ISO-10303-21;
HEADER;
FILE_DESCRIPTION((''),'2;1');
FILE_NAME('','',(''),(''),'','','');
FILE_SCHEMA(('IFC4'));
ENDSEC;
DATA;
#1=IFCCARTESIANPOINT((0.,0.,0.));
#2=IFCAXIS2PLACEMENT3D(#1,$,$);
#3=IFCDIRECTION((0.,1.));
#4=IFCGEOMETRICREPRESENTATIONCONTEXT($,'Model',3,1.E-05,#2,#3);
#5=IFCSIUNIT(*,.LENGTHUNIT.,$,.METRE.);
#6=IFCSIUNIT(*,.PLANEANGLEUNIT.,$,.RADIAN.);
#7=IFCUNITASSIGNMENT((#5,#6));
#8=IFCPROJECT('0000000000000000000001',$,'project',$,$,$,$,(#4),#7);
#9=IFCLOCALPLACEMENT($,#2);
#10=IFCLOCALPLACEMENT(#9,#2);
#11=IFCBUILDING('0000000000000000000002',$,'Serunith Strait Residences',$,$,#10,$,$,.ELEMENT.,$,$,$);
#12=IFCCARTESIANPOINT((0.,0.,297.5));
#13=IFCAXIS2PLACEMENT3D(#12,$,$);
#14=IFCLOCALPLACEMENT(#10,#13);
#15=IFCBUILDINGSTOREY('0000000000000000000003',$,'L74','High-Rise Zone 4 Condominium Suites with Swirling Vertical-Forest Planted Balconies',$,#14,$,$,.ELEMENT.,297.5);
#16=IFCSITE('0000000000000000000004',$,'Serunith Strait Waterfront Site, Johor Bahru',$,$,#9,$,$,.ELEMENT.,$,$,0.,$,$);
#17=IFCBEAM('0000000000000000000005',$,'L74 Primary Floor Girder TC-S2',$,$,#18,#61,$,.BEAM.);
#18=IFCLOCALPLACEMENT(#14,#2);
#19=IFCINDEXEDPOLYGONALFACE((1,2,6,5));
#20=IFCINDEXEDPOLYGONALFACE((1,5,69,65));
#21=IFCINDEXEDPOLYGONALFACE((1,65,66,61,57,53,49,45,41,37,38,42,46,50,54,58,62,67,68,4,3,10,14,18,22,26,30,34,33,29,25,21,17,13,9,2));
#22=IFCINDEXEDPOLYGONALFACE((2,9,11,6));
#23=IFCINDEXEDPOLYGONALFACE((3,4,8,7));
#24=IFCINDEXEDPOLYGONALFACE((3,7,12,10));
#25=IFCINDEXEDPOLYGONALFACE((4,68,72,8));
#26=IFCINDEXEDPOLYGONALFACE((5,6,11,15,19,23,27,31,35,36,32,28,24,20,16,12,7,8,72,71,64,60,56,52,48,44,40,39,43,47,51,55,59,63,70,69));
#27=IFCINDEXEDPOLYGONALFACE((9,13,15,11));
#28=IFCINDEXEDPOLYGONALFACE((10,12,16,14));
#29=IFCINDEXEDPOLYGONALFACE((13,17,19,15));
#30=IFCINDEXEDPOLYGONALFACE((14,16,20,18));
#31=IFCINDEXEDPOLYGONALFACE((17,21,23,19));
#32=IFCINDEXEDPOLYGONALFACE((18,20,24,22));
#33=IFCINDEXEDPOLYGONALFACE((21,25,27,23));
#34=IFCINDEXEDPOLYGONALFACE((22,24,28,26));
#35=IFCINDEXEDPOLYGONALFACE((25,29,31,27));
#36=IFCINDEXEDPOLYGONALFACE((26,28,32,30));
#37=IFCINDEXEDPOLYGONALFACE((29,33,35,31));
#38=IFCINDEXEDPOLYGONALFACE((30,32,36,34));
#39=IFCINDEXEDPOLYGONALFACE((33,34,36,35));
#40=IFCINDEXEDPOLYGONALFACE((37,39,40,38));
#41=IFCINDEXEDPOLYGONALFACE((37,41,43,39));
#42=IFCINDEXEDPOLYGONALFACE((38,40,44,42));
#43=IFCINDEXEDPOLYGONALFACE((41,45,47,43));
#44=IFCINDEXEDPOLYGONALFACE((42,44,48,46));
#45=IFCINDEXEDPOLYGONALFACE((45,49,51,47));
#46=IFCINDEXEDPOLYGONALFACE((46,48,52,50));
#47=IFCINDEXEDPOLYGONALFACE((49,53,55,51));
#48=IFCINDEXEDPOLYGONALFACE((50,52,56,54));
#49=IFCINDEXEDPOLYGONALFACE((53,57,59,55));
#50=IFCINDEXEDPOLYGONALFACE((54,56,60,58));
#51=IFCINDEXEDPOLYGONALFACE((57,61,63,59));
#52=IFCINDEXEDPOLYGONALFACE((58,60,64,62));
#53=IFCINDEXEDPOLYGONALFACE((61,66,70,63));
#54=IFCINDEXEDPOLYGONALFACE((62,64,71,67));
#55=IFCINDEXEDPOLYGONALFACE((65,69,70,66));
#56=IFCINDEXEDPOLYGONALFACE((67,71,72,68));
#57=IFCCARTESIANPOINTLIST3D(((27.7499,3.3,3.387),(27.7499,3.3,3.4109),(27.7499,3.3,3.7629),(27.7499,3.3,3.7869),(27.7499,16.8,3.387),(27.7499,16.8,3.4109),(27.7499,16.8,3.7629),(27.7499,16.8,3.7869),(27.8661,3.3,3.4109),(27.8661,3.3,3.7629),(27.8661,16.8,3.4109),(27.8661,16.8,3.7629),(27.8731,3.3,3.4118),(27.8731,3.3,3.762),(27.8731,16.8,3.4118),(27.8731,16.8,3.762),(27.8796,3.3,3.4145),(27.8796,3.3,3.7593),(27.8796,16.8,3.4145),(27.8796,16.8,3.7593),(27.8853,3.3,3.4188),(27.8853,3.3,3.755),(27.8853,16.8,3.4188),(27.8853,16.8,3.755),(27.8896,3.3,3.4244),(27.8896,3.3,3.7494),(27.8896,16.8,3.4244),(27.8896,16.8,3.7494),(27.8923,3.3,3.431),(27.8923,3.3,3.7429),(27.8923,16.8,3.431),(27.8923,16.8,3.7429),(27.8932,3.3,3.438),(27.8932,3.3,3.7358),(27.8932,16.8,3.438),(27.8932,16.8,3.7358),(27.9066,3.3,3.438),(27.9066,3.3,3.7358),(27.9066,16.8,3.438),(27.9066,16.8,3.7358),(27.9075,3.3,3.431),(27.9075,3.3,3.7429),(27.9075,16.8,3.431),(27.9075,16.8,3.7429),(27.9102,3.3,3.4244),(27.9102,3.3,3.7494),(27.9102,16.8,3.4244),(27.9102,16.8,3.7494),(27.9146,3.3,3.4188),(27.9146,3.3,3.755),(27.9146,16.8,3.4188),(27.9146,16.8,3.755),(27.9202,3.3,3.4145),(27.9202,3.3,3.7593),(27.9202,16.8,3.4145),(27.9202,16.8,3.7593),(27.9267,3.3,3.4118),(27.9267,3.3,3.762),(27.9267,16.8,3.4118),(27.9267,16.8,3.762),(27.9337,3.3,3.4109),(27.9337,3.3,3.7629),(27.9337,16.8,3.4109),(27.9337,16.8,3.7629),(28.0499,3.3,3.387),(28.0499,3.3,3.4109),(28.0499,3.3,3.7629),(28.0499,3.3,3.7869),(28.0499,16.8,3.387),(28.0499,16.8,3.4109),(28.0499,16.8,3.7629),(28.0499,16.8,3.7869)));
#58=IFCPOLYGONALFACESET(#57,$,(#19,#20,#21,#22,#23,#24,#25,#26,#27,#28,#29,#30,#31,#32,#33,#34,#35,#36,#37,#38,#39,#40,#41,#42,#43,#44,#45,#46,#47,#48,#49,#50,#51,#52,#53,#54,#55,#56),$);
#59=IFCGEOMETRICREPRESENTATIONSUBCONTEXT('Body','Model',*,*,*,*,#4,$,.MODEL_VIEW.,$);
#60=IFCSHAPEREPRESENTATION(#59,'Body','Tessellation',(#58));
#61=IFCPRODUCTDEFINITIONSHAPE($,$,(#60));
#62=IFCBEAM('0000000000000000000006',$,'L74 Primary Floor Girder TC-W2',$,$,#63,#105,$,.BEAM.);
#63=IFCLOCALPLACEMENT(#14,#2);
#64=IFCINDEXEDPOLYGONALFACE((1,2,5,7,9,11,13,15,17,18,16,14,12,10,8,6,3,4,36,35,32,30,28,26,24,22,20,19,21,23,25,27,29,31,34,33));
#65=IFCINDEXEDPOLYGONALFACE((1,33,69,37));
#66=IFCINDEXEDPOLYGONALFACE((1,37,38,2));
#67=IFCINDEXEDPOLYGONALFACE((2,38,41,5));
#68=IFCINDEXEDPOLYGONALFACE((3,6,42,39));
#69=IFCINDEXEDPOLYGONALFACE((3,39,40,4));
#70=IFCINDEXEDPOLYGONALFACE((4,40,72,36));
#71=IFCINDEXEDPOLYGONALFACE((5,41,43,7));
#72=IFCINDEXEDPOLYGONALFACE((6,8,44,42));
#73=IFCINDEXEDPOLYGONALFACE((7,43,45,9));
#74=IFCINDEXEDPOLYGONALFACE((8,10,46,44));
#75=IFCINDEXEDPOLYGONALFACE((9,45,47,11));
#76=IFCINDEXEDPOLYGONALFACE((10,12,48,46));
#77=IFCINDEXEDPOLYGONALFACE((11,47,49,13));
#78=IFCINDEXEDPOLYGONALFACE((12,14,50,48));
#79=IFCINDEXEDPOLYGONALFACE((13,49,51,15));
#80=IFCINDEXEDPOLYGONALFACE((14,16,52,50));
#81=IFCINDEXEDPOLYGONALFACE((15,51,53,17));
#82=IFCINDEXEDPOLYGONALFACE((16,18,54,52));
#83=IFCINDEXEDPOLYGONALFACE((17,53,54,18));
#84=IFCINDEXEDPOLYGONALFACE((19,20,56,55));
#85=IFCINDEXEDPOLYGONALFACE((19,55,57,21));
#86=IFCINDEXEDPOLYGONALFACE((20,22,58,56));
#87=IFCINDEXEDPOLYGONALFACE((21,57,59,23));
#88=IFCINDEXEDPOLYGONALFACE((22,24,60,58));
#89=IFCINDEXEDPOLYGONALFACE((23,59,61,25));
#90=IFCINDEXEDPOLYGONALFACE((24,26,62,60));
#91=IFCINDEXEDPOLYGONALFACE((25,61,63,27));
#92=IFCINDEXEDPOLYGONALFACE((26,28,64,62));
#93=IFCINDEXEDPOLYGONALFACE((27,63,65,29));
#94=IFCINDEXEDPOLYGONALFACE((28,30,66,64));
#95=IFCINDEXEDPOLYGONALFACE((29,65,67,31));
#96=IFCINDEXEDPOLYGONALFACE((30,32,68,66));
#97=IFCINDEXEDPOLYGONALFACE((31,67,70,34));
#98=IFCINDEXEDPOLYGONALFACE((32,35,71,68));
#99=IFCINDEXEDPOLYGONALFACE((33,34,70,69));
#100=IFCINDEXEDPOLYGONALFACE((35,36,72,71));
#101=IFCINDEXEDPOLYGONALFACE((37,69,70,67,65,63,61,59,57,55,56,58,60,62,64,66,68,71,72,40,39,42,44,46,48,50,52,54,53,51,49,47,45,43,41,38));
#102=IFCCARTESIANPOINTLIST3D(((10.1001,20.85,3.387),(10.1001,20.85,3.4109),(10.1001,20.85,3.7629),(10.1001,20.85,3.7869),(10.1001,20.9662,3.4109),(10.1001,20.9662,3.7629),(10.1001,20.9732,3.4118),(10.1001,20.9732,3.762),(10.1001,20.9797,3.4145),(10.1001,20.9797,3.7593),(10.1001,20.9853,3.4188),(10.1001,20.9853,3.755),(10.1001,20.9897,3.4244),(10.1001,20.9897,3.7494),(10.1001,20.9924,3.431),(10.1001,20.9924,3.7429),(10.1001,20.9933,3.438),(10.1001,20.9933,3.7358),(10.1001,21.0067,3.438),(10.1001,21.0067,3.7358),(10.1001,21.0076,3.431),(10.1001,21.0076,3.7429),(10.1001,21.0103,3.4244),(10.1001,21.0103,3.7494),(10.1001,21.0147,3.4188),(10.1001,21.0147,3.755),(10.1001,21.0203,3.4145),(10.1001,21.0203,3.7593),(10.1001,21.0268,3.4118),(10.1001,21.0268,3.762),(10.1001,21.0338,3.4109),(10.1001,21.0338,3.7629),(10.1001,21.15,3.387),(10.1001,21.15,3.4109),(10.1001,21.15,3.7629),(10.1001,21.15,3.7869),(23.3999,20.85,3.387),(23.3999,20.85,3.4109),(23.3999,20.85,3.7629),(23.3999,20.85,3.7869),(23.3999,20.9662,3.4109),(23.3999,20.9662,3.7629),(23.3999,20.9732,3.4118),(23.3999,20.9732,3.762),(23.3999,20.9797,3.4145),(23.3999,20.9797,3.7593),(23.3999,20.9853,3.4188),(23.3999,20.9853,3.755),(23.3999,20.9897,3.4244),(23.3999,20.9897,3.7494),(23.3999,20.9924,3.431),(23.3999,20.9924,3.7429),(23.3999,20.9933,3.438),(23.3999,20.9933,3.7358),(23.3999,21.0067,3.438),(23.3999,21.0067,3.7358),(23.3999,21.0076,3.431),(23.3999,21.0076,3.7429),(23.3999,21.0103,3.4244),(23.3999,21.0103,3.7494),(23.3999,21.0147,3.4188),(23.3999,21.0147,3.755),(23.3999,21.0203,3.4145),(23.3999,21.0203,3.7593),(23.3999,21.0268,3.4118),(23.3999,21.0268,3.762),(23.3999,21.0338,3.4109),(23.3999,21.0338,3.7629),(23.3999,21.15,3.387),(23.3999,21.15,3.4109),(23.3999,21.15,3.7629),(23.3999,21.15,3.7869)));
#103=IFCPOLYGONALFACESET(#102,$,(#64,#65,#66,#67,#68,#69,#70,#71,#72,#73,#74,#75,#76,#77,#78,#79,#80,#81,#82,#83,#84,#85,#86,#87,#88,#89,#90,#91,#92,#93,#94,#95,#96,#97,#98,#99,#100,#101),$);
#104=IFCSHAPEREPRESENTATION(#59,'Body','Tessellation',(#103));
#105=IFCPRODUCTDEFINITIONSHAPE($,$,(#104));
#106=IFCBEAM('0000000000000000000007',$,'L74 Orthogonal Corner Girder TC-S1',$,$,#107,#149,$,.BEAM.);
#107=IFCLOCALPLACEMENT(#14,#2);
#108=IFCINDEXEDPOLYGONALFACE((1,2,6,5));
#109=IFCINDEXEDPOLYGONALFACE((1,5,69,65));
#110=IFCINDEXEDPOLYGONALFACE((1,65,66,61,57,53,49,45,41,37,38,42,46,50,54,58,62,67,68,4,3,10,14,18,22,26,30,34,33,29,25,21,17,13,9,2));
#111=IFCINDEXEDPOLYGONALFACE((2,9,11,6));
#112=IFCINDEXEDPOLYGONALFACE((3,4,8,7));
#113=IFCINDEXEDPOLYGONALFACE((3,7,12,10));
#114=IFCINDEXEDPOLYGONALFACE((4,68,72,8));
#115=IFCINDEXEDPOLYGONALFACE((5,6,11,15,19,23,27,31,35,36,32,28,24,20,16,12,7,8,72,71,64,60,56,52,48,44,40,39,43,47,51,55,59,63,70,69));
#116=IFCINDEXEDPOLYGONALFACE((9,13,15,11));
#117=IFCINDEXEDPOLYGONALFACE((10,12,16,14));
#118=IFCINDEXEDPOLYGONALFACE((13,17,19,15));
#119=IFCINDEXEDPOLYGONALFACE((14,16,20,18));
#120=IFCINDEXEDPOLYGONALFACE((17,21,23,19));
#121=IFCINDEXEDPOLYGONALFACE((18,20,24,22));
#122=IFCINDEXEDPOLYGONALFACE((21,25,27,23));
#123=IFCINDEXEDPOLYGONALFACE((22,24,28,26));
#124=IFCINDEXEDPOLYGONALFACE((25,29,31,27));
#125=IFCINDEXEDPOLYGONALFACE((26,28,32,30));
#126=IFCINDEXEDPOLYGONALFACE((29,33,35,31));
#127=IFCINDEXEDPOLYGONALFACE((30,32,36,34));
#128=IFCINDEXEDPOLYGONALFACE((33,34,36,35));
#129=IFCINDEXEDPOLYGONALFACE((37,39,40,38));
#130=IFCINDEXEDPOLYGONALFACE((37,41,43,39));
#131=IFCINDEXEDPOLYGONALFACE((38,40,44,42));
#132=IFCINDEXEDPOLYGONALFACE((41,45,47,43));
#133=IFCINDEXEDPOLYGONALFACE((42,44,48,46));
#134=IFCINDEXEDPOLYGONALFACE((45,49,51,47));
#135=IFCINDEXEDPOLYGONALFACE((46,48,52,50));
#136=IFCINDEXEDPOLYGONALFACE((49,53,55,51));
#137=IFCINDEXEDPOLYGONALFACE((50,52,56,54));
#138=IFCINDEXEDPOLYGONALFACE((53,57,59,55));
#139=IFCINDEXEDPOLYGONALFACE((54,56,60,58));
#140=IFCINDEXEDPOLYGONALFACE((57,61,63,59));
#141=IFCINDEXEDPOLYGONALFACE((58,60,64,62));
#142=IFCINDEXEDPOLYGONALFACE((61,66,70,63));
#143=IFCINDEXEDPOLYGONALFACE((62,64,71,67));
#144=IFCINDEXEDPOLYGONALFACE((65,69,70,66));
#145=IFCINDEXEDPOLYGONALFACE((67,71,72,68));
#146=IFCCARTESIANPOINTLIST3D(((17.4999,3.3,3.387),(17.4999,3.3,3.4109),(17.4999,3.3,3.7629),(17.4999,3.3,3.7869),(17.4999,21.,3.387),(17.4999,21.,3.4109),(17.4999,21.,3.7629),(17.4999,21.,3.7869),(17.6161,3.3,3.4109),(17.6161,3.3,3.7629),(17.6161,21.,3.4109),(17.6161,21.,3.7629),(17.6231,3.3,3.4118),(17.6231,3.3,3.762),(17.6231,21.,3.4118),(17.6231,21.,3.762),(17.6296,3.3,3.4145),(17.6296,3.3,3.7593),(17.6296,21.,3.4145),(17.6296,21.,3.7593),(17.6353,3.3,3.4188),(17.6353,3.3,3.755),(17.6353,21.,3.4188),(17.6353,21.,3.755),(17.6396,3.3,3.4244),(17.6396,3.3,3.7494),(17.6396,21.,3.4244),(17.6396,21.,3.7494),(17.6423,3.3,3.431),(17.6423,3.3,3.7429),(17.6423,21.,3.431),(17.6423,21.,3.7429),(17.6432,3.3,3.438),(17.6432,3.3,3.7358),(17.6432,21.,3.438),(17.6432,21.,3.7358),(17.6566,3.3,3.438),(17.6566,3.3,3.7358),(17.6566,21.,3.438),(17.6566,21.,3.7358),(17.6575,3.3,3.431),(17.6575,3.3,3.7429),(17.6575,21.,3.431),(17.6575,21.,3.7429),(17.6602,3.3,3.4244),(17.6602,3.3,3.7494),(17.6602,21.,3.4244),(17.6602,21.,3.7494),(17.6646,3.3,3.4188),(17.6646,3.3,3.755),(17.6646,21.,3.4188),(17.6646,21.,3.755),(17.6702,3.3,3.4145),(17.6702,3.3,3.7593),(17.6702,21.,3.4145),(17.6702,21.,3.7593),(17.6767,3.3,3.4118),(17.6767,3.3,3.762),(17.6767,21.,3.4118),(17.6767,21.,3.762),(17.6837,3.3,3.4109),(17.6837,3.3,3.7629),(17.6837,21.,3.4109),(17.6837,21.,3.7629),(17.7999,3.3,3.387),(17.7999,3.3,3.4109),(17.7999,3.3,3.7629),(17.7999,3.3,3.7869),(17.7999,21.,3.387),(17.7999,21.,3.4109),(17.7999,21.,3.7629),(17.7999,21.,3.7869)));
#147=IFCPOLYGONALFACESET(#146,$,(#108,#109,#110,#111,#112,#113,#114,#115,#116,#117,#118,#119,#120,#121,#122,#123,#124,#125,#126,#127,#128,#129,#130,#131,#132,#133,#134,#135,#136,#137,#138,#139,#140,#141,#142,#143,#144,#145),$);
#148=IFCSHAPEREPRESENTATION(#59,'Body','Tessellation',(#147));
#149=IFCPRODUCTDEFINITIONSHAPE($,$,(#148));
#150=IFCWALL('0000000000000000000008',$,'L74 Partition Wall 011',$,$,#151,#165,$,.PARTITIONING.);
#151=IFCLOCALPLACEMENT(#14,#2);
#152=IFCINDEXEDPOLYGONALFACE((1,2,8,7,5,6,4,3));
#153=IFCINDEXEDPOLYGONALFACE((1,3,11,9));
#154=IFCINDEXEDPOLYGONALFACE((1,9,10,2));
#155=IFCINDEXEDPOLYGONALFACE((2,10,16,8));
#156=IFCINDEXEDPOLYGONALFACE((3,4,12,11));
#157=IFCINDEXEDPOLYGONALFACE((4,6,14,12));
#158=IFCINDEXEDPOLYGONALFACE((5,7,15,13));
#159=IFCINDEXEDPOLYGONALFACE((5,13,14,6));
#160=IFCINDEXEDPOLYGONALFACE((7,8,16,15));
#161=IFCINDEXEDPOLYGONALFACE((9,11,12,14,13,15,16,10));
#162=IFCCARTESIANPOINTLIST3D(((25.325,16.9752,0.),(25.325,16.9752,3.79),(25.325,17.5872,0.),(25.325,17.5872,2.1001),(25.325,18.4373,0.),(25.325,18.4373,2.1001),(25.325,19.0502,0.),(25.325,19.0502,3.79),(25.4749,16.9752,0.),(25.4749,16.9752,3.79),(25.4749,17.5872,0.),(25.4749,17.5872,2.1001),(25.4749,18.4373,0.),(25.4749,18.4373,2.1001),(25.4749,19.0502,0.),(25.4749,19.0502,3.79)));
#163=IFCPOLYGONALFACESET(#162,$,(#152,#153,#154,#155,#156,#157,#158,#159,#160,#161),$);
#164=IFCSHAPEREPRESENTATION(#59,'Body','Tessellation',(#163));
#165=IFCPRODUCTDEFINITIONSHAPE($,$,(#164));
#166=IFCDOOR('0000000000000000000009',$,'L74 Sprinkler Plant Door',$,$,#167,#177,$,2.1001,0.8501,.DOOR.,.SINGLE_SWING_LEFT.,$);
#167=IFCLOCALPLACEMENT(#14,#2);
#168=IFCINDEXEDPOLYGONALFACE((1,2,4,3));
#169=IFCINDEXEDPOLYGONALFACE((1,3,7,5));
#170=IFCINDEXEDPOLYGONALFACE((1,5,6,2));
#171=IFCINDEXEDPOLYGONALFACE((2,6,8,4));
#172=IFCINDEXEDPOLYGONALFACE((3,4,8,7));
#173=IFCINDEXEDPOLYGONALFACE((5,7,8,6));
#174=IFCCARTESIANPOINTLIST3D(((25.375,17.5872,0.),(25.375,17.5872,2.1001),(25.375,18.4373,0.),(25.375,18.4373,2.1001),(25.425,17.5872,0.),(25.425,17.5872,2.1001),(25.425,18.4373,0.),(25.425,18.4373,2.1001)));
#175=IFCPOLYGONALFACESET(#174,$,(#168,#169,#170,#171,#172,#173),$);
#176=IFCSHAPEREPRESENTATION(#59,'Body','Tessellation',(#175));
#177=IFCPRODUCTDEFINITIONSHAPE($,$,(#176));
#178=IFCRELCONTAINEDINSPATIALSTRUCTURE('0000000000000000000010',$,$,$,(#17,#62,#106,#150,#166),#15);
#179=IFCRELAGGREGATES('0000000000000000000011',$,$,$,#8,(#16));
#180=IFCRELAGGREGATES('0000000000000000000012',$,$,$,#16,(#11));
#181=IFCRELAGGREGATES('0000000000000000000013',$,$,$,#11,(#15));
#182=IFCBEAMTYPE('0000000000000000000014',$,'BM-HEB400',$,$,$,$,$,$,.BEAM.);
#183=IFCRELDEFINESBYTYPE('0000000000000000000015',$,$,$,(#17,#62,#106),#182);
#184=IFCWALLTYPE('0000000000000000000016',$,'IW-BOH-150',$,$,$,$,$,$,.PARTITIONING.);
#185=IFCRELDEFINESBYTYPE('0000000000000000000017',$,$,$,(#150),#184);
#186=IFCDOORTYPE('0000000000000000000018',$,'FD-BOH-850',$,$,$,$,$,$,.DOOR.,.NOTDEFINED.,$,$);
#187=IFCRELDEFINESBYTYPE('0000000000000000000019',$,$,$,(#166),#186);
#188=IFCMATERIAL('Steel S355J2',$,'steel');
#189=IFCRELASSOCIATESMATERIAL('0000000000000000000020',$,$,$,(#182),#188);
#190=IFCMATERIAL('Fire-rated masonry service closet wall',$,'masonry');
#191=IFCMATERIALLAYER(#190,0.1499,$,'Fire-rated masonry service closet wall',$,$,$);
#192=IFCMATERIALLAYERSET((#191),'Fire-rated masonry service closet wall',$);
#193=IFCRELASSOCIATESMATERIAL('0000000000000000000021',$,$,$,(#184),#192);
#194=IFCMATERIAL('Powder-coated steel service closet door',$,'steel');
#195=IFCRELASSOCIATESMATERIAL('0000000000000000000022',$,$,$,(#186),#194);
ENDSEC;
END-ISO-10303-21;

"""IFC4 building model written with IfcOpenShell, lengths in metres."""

from ifc_helpers import new_model, si_unit, direction, frame, frame_2d, origin, origin_2d, place, context, subcontext, project, spatial, rectangle, i_section, extrude, source, transform, mapped, material, layer, layer_set, material_profile, profile_set, type_object, element, fill, save


model = new_model("IFC4")

# Units and contexts
model_context = context("Model", 3, precision=1e-05, world=origin(), true_north=direction((0.0, 1.0)))
body_context = subcontext(model_context, "Body", "Model", "MODEL_VIEW")
ifc_project = project(units=[si_unit("LENGTHUNIT", "METRE"), si_unit("PLANEANGLEUNIT", "RADIAN")], contexts=[model_context])

# Site, building, storey
site_placement = place(None, origin())
site = spatial("IfcSite", under=ifc_project, at=site_placement, Name="Serunith Strait Waterfront Site, Johor Bahru", CompositionType="ELEMENT", RefElevation=0.0)
building_placement = place(site_placement, origin())
building = spatial("IfcBuilding", under=site, at=building_placement, Name="Serunith Strait Residences", CompositionType="ELEMENT")
storey_placement = place(building_placement, frame((0.0, 0.0, 297.5)))
storey = spatial("IfcBuildingStorey", under=building, at=storey_placement, Name="L74", Description="High-Rise Zone 4 Condominium Suites with Swirling Vertical-Forest Planted Balconies", CompositionType="ELEMENT", Elevation=297.5)

# Beams
ifc_material_1 = material(Name="Steel S355J2", Category="steel")
ifc_material_profile = material_profile(ifc_material_1, i_section(OverallWidth=0.3, OverallDepth=0.3999, WebThickness=0.0134, FlangeThickness=0.0239, FilletRadius=0.0271, at=origin_2d()), Name="HEB 400")
ifc_profile_set = profile_set([ifc_material_profile], Name="Steel S355J2")
beam_type = type_object("IfcBeamType", Name="BM-HEB400", PredefinedType="BEAM", material=ifc_profile_set)
shared_shape_1 = source(origin(), body_context, "Body", "SweptSolid", [
    extrude(i_section(OverallWidth=0.3, OverallDepth=0.3999, WebThickness=0.0134, FlangeThickness=0.0239, FilletRadius=0.0271, at=origin_2d()), origin(), (0.0, 0.0, 1.0), 13.5),
])
beam_1_placement = place(storey_placement, frame((27.8999, 16.8, 3.5869), z_axis=(0.0, -1.0, 0.0), x_axis=(1.0, 0.0, 0.0)))
element("IfcBeam", 1, at=beam_1_placement, inside=storey, type_object=beam_type, Name="L74 Primary Floor Girder TC-S2", PredefinedType="BEAM", context=body_context, shape_type="MappedRepresentation", body=[
    mapped(shared_shape_1, transform((0.0, 0.0, 0.0), scale=1.0)),
])
shared_shape_2 = source(origin(), body_context, "Body", "SweptSolid", [
    extrude(i_section(OverallWidth=0.3, OverallDepth=0.3999, WebThickness=0.0134, FlangeThickness=0.0239, FilletRadius=0.0271, at=origin_2d()), origin(), (0.0, 0.0, 1.0), 13.2998),
])
beam_2_placement = place(storey_placement, frame((23.3999, 21.0, 3.5869), z_axis=(-1.0, 0.0, 0.0), x_axis=(0.0, -1.0, 0.0)))
element("IfcBeam", 2, at=beam_2_placement, inside=storey, type_object=beam_type, Name="L74 Primary Floor Girder TC-W2", PredefinedType="BEAM", context=body_context, shape_type="MappedRepresentation", body=[
    mapped(shared_shape_2, transform((0.0, 0.0, 0.0), scale=1.0)),
])
shared_shape_3 = source(origin(), body_context, "Body", "SweptSolid", [
    extrude(i_section(OverallWidth=0.3, OverallDepth=0.3999, WebThickness=0.0134, FlangeThickness=0.0239, FilletRadius=0.0271, at=origin_2d()), origin(), (0.0, 0.0, 1.0), 17.7),
])
beam_3_placement = place(storey_placement, frame((17.6499, 21.0, 3.5869), z_axis=(0.0, -1.0, 0.0), x_axis=(1.0, 0.0, 0.0)))
element("IfcBeam", 3, at=beam_3_placement, inside=storey, type_object=beam_type, Name="L74 Orthogonal Corner Girder TC-S1", PredefinedType="BEAM", context=body_context, shape_type="MappedRepresentation", body=[
    mapped(shared_shape_3, transform((0.0, 0.0, 0.0), scale=1.0)),
])

# Wall, opening, door
ifc_material_2 = material(Name="Fire-rated masonry service closet wall", Category="masonry")
ifc_layer_1 = layer(ifc_material_2, 0.1499, Name="Fire-rated masonry service closet wall")
ifc_layer_set_1 = layer_set([ifc_layer_1], Name="Fire-rated masonry service closet wall")
wall_type_1 = type_object("IfcWallType", Name="IW-BOH-150", PredefinedType="PARTITIONING", material=ifc_layer_set_1)
wall_1_placement = place(storey_placement, frame((25.3999, 16.9751, 0.0), z_axis=(0.0, 0.0, 1.0), x_axis=(0.0, 1.0, 0.0)))
wall_1 = element("IfcWall", 4, at=wall_1_placement, inside=storey, type_object=wall_type_1, Name="L74 Partition Wall 011", PredefinedType="PARTITIONING", context=body_context, shape_type="SweptSolid", body=[
    extrude(rectangle(XDim=2.075, YDim=0.1499, at=frame_2d((1.0376, 0.0))), origin(), (0.0, 0.0, 1.0), 3.79),
])
opening_1_placement = place(wall_1_placement, frame((0.6121, 0.0, 0.0)))
opening_1 = element("IfcOpeningElement", 5, at=opening_1_placement, cuts=wall_1, PredefinedType="OPENING", context=body_context, shape_type="SweptSolid", body=[
    extrude(rectangle(XDim=0.8501, YDim=2.1001, at=frame_2d((0.425, 1.05))), frame((0.0, 0.085, 0.0), z_axis=(0.0, -1.0, 0.0), x_axis=(1.0, 0.0, 0.0)), (0.0, 0.0, 1.0), 0.1699),
])
ifc_material_3 = material(Name="Powder-coated steel service closet door", Category="steel")
door_type_1 = type_object("IfcDoorType", Name="FD-BOH-850", OperationType="NOTDEFINED", PredefinedType="DOOR", material=ifc_material_3)
shared_shape_4 = source(origin(), body_context, "Body", "SweptSolid", [
    extrude(rectangle(XDim=0.8501, YDim=2.1001, at=frame_2d((0.425, 1.05))), frame((0.0, 0.0249, 0.0), z_axis=(0.0, -1.0, 0.0), x_axis=(1.0, 0.0, 0.0)), (0.0, 0.0, 1.0), 0.05),
])
door_1_placement = place(opening_1_placement, origin())
door_1 = element("IfcDoor", 6, at=door_1_placement, inside=storey, type_object=door_type_1, Name="L74 Sprinkler Plant Door", OperationType="SINGLE_SWING_LEFT", OverallHeight=2.1001, OverallWidth=0.8501, PredefinedType="DOOR", context=body_context, shape_type="MappedRepresentation", body=[
    mapped(shared_shape_4, transform((0.0, 0.0, 0.0), scale=1.0)),
])
fill(opening_1, door_1)

save(model, "model.ifc")
